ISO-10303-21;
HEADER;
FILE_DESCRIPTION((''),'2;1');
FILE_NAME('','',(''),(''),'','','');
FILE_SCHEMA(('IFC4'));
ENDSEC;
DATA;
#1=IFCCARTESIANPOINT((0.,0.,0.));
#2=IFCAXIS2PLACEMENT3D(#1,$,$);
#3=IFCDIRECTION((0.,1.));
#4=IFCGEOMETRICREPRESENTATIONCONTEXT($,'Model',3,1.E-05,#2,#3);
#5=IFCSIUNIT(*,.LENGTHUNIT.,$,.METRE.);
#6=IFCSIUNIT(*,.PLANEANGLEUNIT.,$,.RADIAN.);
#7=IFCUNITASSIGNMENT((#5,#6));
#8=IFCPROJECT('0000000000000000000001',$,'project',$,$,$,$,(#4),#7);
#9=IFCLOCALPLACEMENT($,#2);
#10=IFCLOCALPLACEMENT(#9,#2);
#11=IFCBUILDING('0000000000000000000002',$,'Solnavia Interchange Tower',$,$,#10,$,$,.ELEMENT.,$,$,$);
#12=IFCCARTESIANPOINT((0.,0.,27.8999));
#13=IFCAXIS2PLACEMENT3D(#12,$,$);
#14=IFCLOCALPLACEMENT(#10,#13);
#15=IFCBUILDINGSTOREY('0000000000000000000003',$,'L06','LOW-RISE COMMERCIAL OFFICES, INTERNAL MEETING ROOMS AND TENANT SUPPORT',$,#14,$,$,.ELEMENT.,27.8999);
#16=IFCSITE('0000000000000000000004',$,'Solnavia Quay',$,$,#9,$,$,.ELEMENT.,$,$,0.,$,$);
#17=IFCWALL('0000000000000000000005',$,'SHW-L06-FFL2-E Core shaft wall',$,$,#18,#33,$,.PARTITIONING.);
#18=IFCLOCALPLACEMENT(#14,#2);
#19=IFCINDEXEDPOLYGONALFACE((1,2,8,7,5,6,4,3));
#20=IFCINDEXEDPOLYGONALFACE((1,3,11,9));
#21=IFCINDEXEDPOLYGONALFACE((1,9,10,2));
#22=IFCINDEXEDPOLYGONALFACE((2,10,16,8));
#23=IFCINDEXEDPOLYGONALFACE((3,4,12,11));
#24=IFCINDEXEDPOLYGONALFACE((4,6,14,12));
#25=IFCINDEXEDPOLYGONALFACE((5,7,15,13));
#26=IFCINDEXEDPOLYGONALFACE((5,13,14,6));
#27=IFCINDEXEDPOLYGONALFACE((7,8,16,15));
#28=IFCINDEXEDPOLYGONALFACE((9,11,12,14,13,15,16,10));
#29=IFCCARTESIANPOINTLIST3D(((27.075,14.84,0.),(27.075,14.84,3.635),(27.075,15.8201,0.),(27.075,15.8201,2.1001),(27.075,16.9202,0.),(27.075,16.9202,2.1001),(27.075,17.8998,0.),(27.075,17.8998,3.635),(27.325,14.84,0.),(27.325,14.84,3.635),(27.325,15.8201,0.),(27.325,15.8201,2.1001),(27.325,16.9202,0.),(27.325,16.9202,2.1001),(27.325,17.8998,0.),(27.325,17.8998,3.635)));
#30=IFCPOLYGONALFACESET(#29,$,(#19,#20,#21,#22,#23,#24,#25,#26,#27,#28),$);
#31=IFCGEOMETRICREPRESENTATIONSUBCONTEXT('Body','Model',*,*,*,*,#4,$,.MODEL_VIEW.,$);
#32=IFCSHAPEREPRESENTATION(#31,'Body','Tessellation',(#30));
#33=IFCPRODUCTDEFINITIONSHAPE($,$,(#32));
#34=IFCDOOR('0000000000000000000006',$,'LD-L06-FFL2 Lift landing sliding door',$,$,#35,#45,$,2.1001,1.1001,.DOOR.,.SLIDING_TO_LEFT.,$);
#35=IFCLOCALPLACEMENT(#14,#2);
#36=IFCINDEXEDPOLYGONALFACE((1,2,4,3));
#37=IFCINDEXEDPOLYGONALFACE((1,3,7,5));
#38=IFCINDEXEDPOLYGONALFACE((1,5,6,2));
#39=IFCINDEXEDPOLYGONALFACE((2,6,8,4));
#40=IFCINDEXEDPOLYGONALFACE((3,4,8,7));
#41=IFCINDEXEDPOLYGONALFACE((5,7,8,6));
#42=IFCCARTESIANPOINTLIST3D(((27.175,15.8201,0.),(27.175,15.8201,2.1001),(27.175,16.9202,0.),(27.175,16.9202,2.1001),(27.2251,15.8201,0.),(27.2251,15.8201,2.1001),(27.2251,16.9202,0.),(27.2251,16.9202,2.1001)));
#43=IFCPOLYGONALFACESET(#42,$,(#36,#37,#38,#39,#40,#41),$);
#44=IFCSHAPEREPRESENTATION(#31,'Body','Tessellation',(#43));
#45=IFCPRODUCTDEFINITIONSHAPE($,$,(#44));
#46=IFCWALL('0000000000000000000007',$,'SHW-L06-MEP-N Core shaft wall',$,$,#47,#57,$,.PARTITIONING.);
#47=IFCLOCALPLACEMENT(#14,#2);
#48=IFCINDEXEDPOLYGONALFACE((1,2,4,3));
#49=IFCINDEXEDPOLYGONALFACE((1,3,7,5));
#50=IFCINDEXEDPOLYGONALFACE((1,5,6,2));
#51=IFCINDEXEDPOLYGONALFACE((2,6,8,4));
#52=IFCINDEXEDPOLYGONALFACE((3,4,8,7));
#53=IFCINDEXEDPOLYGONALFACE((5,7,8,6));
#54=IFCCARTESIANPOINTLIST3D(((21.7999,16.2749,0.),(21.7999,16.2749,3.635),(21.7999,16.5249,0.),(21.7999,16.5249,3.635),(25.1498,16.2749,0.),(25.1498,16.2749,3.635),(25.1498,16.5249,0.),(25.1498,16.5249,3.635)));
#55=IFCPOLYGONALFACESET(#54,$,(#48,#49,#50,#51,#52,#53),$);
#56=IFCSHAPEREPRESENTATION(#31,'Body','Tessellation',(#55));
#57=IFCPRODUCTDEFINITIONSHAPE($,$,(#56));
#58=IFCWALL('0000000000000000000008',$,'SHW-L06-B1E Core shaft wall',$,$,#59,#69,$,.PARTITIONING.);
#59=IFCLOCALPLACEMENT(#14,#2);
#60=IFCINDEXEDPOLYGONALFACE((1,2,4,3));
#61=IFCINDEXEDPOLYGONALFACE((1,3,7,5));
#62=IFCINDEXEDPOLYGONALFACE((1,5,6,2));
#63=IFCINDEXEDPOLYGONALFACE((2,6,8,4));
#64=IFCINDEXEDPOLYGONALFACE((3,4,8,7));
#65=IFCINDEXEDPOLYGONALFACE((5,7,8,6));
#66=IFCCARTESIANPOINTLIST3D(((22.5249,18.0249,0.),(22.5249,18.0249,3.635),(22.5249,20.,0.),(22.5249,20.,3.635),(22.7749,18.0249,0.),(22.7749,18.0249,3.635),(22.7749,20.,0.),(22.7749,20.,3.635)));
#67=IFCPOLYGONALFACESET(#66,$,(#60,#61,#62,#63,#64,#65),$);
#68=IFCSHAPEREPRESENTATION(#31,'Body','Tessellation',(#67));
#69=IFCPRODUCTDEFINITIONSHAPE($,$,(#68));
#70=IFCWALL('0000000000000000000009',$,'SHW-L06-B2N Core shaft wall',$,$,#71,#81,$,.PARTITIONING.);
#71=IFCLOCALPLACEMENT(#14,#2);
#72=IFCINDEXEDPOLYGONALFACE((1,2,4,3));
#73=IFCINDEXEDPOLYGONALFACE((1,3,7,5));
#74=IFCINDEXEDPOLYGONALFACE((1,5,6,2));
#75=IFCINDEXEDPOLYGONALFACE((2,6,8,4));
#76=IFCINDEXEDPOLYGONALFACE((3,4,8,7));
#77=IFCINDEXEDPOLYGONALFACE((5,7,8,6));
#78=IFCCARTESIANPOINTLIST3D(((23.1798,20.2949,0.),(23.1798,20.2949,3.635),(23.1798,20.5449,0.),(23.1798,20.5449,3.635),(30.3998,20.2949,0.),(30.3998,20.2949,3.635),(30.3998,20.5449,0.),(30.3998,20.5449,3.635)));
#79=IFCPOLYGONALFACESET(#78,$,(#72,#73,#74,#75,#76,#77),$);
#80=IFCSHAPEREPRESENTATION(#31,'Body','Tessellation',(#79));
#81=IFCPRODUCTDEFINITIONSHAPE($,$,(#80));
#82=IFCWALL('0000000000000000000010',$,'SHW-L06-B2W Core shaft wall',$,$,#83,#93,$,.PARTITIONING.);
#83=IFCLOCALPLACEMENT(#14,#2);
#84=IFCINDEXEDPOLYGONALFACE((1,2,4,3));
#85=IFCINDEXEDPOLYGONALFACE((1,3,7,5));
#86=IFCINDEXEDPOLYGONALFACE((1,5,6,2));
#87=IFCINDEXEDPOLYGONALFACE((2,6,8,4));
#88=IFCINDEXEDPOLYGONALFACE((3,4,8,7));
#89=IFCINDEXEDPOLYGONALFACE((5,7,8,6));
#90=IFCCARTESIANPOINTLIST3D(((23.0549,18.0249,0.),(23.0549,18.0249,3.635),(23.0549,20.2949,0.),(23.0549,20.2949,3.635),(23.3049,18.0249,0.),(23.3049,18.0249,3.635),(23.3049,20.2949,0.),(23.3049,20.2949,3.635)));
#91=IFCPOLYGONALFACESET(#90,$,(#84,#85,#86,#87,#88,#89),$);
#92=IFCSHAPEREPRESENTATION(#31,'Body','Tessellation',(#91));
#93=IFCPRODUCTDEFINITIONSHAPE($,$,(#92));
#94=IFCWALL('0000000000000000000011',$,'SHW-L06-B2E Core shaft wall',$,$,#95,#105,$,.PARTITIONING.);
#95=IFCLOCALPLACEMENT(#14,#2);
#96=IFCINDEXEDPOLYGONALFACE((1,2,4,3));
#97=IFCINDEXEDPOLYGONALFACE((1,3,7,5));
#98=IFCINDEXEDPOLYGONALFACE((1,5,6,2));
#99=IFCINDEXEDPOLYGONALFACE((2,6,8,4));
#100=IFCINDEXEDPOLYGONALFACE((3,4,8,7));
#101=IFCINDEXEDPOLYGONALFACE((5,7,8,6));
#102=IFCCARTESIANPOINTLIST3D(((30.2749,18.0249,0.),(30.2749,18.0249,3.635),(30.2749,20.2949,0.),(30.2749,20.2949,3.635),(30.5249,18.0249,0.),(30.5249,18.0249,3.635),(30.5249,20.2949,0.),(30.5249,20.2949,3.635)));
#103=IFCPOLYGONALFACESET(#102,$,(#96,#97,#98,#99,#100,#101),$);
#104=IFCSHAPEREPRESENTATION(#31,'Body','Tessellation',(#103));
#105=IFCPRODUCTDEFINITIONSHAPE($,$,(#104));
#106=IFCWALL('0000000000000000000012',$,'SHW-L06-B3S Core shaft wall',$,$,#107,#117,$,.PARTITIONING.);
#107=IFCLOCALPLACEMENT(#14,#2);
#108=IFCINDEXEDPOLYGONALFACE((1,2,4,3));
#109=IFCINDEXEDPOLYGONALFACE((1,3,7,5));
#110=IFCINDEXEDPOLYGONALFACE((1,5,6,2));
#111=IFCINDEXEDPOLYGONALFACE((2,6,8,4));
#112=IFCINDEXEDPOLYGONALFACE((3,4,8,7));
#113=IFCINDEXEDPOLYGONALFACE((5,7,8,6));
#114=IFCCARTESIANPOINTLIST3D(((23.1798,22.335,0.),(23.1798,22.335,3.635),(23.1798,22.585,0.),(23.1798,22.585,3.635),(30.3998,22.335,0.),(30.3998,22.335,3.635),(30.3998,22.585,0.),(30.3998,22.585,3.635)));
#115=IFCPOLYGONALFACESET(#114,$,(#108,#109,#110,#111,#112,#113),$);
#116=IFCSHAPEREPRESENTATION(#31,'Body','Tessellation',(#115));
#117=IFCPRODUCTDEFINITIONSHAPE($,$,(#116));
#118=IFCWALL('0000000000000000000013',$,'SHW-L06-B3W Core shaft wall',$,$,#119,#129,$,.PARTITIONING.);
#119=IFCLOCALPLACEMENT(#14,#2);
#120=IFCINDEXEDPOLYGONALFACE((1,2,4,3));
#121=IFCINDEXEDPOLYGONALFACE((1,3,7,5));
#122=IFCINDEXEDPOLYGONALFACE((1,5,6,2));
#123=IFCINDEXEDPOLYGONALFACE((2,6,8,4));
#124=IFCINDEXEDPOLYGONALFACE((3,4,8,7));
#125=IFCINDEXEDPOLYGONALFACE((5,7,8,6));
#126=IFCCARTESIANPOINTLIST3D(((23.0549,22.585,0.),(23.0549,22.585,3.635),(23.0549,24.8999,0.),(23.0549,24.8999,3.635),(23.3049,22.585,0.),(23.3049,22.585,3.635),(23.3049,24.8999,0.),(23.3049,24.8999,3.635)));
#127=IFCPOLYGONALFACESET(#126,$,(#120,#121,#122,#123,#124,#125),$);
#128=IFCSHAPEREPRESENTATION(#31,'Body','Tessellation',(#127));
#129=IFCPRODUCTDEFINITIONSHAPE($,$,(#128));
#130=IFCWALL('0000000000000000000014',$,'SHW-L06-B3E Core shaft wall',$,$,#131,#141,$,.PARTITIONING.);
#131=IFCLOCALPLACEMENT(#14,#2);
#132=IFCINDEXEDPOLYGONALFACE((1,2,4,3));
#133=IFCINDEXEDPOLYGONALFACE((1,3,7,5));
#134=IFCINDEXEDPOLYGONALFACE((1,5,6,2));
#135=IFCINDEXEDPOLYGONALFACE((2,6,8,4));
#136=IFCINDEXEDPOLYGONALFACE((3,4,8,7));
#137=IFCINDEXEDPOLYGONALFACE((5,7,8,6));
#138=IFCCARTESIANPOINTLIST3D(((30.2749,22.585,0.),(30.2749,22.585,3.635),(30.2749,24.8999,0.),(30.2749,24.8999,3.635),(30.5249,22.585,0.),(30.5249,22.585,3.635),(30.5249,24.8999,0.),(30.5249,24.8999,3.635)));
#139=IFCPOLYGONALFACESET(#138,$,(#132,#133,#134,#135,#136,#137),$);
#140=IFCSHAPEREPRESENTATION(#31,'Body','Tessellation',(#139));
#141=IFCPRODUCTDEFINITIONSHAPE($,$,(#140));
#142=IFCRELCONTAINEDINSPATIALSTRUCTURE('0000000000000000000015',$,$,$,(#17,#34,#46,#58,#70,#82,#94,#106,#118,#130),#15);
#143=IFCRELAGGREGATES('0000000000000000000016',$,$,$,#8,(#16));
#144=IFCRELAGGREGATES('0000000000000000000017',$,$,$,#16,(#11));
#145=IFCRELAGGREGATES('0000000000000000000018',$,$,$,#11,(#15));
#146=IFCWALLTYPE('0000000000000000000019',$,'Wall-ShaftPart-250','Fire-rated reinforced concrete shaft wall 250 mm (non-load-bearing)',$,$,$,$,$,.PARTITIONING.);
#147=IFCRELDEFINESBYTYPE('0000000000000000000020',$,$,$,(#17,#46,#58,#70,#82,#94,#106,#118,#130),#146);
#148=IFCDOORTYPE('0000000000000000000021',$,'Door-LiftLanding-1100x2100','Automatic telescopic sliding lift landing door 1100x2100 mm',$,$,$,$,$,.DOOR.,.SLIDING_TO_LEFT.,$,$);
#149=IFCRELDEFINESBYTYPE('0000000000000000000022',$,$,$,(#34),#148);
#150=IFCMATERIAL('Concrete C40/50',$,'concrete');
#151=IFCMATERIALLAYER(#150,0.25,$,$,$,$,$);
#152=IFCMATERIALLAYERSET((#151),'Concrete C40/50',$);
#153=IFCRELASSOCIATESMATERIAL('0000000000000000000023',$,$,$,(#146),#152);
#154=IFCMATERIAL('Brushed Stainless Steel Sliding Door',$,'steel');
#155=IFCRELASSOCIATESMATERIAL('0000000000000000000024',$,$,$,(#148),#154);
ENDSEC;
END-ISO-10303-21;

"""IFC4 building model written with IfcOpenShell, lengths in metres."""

from ifc_helpers import new_model, si_unit, direction, frame, frame_2d, origin, place, context, subcontext, project, spatial, rectangle, extrude, material, layer, layer_set, type_object, element, fill, save


model = new_model("IFC4")

# Units and contexts
model_context = context("Model", 3, precision=1e-05, world=origin(), true_north=direction((0.0, 1.0)))
body_context = subcontext(model_context, "Body", "Model", "MODEL_VIEW")
ifc_project = project(units=[si_unit("LENGTHUNIT", "METRE"), si_unit("PLANEANGLEUNIT", "RADIAN")], contexts=[model_context])

# Site, building, storey
site_placement = place(None, origin())
site = spatial("IfcSite", under=ifc_project, at=site_placement, Name="Solnavia Quay", CompositionType="ELEMENT", RefElevation=0.0)
building_placement = place(site_placement, origin())
building = spatial("IfcBuilding", under=site, at=building_placement, Name="Solnavia Interchange Tower", CompositionType="ELEMENT")
storey_placement = place(building_placement, frame((0.0, 0.0, 27.8999)))
storey = spatial("IfcBuildingStorey", under=building, at=storey_placement, Name="L06", Description="LOW-RISE COMMERCIAL OFFICES, INTERNAL MEETING ROOMS AND TENANT SUPPORT", CompositionType="ELEMENT", Elevation=27.8999)

# Shared definitions
ifc_material_1 = material(Name="Concrete C40/50", Category="concrete")

# Shared definitions
ifc_layer_1 = layer(ifc_material_1, 0.25)
ifc_layer_set_1 = layer_set([ifc_layer_1], Name="Concrete C40/50")
wall_type_1 = type_object("IfcWallType", Name="Wall-ShaftPart-250", Description="Fire-rated reinforced concrete shaft wall 250 mm (non-load-bearing)", PredefinedType="PARTITIONING", material=ifc_layer_set_1)

# Wall, opening, door
wall_1_placement = place(storey_placement, frame((27.2, 14.8401, 0.0), z_axis=(0.0, 0.0, 1.0), x_axis=(0.0, 1.0, 0.0)))
wall_1 = element("IfcWall", 1, at=wall_1_placement, inside=storey, type_object=wall_type_1, Name="SHW-L06-FFL2-E Core shaft wall", PredefinedType="PARTITIONING", context=body_context, shape_type="SweptSolid", body=[
    extrude(rectangle(XDim=3.0598, YDim=0.25, at=frame_2d((1.5298, 0.0))), origin(), (0.0, 0.0, 1.0), 3.635),
])
opening_1_placement = place(wall_1_placement, frame((0.98, 0.0, 0.0)))
opening_1 = element("IfcOpeningElement", 2, at=opening_1_placement, cuts=wall_1, PredefinedType="OPENING", context=body_context, shape_type="SweptSolid", body=[
    extrude(rectangle(XDim=1.1001, YDim=2.1001, at=frame_2d((0.55, 1.05))), frame((0.0, 0.135, 0.0), z_axis=(0.0, -1.0, 0.0), x_axis=(1.0, 0.0, 0.0)), (0.0, 0.0, 1.0), 0.27),
])
ifc_material_2 = material(Name="Brushed Stainless Steel Sliding Door", Category="steel")
door_type_1 = type_object("IfcDoorType", Name="Door-LiftLanding-1100x2100", Description="Automatic telescopic sliding lift landing door 1100x2100 mm", OperationType="SLIDING_TO_LEFT", PredefinedType="DOOR", material=ifc_material_2)
door_1_placement = place(opening_1_placement, origin())
door_1 = element("IfcDoor", 3, at=door_1_placement, inside=storey, type_object=door_type_1, Name="LD-L06-FFL2 Lift landing sliding door", OperationType="SLIDING_TO_LEFT", OverallHeight=2.1001, OverallWidth=1.1001, PredefinedType="DOOR", context=body_context, shape_type="SweptSolid", body=[
    extrude(rectangle(XDim=1.1001, YDim=2.1001, at=frame_2d((0.55, 1.05))), frame((0.0, 0.0249, 0.0), z_axis=(0.0, -1.0, 0.0), x_axis=(1.0, 0.0, 0.0)), (0.0, 0.0, 1.0), 0.05),
])
fill(opening_1, door_1)

# Walls
wall_2_placement = place(storey_placement, frame((21.8, 16.3999, 0.0), z_axis=(0.0, 0.0, 1.0), x_axis=(1.0, 0.0, 0.0)))
element("IfcWall", 4, at=wall_2_placement, inside=storey, type_object=wall_type_1, Name="SHW-L06-MEP-N Core shaft wall", PredefinedType="PARTITIONING", context=body_context, shape_type="SweptSolid", body=[
    extrude(rectangle(XDim=3.3499, YDim=0.25, at=frame_2d((1.6748, 0.0))), origin(), (0.0, 0.0, 1.0), 3.635),
])
wall_3_placement = place(storey_placement, frame((22.6499, 18.0249, 0.0), z_axis=(0.0, 0.0, 1.0), x_axis=(0.0, 1.0, 0.0)))
element("IfcWall", 5, at=wall_3_placement, inside=storey, type_object=wall_type_1, Name="SHW-L06-B1E Core shaft wall", PredefinedType="PARTITIONING", context=body_context, shape_type="SweptSolid", body=[
    extrude(rectangle(XDim=1.9751, YDim=0.25, at=frame_2d((0.9875, 0.0))), origin(), (0.0, 0.0, 1.0), 3.635),
])
wall_4_placement = place(storey_placement, frame((23.1799, 20.4199, 0.0), z_axis=(0.0, 0.0, 1.0), x_axis=(1.0, 0.0, 0.0)))
element("IfcWall", 6, at=wall_4_placement, inside=storey, type_object=wall_type_1, Name="SHW-L06-B2N Core shaft wall", PredefinedType="PARTITIONING", context=body_context, shape_type="SweptSolid", body=[
    extrude(rectangle(XDim=7.22, YDim=0.25, at=frame_2d((3.6099, 0.0))), origin(), (0.0, 0.0, 1.0), 3.635),
])
for number, where, z_axis, x_axis, name in (
    (7, (23.1799, 18.0249, 0.0), (0.0, 0.0, 1.0), (0.0, 1.0, 0.0), "SHW-L06-B2W Core shaft wall"),
    (8, (30.3999, 18.0249, 0.0), (0.0, 0.0, 1.0), (0.0, 1.0, 0.0), "SHW-L06-B2E Core shaft wall"),
):
    element("IfcWall", number, at=place(storey_placement, frame(where, z_axis=z_axis, x_axis=x_axis)), inside=storey, type_object=wall_type_1, Name=name, PredefinedType="PARTITIONING", context=body_context, shape_type="SweptSolid", body=[
        extrude(rectangle(XDim=2.27, YDim=0.25, at=frame_2d((1.135, 0.0))), origin(), (0.0, 0.0, 1.0), 3.635),
    ])
wall_5_placement = place(storey_placement, frame((23.1799, 22.46, 0.0), z_axis=(0.0, 0.0, 1.0), x_axis=(1.0, 0.0, 0.0)))
element("IfcWall", 9, at=wall_5_placement, inside=storey, type_object=wall_type_1, Name="SHW-L06-B3S Core shaft wall", PredefinedType="PARTITIONING", context=body_context, shape_type="SweptSolid", body=[
    extrude(rectangle(XDim=7.22, YDim=0.25, at=frame_2d((3.6099, 0.0))), origin(), (0.0, 0.0, 1.0), 3.635),
])
for number, where, z_axis, x_axis, name in (
    (10, (23.1799, 22.585, 0.0), (0.0, 0.0, 1.0), (0.0, 1.0, 0.0), "SHW-L06-B3W Core shaft wall"),
    (11, (30.3999, 22.585, 0.0), (0.0, 0.0, 1.0), (0.0, 1.0, 0.0), "SHW-L06-B3E Core shaft wall"),
):
    element("IfcWall", number, at=place(storey_placement, frame(where, z_axis=z_axis, x_axis=x_axis)), inside=storey, type_object=wall_type_1, Name=name, PredefinedType="PARTITIONING", context=body_context, shape_type="SweptSolid", body=[
        extrude(rectangle(XDim=2.3149, YDim=0.25, at=frame_2d((1.1575, 0.0))), origin(), (0.0, 0.0, 1.0), 3.635),
    ])

save(model, "model.ifc")
